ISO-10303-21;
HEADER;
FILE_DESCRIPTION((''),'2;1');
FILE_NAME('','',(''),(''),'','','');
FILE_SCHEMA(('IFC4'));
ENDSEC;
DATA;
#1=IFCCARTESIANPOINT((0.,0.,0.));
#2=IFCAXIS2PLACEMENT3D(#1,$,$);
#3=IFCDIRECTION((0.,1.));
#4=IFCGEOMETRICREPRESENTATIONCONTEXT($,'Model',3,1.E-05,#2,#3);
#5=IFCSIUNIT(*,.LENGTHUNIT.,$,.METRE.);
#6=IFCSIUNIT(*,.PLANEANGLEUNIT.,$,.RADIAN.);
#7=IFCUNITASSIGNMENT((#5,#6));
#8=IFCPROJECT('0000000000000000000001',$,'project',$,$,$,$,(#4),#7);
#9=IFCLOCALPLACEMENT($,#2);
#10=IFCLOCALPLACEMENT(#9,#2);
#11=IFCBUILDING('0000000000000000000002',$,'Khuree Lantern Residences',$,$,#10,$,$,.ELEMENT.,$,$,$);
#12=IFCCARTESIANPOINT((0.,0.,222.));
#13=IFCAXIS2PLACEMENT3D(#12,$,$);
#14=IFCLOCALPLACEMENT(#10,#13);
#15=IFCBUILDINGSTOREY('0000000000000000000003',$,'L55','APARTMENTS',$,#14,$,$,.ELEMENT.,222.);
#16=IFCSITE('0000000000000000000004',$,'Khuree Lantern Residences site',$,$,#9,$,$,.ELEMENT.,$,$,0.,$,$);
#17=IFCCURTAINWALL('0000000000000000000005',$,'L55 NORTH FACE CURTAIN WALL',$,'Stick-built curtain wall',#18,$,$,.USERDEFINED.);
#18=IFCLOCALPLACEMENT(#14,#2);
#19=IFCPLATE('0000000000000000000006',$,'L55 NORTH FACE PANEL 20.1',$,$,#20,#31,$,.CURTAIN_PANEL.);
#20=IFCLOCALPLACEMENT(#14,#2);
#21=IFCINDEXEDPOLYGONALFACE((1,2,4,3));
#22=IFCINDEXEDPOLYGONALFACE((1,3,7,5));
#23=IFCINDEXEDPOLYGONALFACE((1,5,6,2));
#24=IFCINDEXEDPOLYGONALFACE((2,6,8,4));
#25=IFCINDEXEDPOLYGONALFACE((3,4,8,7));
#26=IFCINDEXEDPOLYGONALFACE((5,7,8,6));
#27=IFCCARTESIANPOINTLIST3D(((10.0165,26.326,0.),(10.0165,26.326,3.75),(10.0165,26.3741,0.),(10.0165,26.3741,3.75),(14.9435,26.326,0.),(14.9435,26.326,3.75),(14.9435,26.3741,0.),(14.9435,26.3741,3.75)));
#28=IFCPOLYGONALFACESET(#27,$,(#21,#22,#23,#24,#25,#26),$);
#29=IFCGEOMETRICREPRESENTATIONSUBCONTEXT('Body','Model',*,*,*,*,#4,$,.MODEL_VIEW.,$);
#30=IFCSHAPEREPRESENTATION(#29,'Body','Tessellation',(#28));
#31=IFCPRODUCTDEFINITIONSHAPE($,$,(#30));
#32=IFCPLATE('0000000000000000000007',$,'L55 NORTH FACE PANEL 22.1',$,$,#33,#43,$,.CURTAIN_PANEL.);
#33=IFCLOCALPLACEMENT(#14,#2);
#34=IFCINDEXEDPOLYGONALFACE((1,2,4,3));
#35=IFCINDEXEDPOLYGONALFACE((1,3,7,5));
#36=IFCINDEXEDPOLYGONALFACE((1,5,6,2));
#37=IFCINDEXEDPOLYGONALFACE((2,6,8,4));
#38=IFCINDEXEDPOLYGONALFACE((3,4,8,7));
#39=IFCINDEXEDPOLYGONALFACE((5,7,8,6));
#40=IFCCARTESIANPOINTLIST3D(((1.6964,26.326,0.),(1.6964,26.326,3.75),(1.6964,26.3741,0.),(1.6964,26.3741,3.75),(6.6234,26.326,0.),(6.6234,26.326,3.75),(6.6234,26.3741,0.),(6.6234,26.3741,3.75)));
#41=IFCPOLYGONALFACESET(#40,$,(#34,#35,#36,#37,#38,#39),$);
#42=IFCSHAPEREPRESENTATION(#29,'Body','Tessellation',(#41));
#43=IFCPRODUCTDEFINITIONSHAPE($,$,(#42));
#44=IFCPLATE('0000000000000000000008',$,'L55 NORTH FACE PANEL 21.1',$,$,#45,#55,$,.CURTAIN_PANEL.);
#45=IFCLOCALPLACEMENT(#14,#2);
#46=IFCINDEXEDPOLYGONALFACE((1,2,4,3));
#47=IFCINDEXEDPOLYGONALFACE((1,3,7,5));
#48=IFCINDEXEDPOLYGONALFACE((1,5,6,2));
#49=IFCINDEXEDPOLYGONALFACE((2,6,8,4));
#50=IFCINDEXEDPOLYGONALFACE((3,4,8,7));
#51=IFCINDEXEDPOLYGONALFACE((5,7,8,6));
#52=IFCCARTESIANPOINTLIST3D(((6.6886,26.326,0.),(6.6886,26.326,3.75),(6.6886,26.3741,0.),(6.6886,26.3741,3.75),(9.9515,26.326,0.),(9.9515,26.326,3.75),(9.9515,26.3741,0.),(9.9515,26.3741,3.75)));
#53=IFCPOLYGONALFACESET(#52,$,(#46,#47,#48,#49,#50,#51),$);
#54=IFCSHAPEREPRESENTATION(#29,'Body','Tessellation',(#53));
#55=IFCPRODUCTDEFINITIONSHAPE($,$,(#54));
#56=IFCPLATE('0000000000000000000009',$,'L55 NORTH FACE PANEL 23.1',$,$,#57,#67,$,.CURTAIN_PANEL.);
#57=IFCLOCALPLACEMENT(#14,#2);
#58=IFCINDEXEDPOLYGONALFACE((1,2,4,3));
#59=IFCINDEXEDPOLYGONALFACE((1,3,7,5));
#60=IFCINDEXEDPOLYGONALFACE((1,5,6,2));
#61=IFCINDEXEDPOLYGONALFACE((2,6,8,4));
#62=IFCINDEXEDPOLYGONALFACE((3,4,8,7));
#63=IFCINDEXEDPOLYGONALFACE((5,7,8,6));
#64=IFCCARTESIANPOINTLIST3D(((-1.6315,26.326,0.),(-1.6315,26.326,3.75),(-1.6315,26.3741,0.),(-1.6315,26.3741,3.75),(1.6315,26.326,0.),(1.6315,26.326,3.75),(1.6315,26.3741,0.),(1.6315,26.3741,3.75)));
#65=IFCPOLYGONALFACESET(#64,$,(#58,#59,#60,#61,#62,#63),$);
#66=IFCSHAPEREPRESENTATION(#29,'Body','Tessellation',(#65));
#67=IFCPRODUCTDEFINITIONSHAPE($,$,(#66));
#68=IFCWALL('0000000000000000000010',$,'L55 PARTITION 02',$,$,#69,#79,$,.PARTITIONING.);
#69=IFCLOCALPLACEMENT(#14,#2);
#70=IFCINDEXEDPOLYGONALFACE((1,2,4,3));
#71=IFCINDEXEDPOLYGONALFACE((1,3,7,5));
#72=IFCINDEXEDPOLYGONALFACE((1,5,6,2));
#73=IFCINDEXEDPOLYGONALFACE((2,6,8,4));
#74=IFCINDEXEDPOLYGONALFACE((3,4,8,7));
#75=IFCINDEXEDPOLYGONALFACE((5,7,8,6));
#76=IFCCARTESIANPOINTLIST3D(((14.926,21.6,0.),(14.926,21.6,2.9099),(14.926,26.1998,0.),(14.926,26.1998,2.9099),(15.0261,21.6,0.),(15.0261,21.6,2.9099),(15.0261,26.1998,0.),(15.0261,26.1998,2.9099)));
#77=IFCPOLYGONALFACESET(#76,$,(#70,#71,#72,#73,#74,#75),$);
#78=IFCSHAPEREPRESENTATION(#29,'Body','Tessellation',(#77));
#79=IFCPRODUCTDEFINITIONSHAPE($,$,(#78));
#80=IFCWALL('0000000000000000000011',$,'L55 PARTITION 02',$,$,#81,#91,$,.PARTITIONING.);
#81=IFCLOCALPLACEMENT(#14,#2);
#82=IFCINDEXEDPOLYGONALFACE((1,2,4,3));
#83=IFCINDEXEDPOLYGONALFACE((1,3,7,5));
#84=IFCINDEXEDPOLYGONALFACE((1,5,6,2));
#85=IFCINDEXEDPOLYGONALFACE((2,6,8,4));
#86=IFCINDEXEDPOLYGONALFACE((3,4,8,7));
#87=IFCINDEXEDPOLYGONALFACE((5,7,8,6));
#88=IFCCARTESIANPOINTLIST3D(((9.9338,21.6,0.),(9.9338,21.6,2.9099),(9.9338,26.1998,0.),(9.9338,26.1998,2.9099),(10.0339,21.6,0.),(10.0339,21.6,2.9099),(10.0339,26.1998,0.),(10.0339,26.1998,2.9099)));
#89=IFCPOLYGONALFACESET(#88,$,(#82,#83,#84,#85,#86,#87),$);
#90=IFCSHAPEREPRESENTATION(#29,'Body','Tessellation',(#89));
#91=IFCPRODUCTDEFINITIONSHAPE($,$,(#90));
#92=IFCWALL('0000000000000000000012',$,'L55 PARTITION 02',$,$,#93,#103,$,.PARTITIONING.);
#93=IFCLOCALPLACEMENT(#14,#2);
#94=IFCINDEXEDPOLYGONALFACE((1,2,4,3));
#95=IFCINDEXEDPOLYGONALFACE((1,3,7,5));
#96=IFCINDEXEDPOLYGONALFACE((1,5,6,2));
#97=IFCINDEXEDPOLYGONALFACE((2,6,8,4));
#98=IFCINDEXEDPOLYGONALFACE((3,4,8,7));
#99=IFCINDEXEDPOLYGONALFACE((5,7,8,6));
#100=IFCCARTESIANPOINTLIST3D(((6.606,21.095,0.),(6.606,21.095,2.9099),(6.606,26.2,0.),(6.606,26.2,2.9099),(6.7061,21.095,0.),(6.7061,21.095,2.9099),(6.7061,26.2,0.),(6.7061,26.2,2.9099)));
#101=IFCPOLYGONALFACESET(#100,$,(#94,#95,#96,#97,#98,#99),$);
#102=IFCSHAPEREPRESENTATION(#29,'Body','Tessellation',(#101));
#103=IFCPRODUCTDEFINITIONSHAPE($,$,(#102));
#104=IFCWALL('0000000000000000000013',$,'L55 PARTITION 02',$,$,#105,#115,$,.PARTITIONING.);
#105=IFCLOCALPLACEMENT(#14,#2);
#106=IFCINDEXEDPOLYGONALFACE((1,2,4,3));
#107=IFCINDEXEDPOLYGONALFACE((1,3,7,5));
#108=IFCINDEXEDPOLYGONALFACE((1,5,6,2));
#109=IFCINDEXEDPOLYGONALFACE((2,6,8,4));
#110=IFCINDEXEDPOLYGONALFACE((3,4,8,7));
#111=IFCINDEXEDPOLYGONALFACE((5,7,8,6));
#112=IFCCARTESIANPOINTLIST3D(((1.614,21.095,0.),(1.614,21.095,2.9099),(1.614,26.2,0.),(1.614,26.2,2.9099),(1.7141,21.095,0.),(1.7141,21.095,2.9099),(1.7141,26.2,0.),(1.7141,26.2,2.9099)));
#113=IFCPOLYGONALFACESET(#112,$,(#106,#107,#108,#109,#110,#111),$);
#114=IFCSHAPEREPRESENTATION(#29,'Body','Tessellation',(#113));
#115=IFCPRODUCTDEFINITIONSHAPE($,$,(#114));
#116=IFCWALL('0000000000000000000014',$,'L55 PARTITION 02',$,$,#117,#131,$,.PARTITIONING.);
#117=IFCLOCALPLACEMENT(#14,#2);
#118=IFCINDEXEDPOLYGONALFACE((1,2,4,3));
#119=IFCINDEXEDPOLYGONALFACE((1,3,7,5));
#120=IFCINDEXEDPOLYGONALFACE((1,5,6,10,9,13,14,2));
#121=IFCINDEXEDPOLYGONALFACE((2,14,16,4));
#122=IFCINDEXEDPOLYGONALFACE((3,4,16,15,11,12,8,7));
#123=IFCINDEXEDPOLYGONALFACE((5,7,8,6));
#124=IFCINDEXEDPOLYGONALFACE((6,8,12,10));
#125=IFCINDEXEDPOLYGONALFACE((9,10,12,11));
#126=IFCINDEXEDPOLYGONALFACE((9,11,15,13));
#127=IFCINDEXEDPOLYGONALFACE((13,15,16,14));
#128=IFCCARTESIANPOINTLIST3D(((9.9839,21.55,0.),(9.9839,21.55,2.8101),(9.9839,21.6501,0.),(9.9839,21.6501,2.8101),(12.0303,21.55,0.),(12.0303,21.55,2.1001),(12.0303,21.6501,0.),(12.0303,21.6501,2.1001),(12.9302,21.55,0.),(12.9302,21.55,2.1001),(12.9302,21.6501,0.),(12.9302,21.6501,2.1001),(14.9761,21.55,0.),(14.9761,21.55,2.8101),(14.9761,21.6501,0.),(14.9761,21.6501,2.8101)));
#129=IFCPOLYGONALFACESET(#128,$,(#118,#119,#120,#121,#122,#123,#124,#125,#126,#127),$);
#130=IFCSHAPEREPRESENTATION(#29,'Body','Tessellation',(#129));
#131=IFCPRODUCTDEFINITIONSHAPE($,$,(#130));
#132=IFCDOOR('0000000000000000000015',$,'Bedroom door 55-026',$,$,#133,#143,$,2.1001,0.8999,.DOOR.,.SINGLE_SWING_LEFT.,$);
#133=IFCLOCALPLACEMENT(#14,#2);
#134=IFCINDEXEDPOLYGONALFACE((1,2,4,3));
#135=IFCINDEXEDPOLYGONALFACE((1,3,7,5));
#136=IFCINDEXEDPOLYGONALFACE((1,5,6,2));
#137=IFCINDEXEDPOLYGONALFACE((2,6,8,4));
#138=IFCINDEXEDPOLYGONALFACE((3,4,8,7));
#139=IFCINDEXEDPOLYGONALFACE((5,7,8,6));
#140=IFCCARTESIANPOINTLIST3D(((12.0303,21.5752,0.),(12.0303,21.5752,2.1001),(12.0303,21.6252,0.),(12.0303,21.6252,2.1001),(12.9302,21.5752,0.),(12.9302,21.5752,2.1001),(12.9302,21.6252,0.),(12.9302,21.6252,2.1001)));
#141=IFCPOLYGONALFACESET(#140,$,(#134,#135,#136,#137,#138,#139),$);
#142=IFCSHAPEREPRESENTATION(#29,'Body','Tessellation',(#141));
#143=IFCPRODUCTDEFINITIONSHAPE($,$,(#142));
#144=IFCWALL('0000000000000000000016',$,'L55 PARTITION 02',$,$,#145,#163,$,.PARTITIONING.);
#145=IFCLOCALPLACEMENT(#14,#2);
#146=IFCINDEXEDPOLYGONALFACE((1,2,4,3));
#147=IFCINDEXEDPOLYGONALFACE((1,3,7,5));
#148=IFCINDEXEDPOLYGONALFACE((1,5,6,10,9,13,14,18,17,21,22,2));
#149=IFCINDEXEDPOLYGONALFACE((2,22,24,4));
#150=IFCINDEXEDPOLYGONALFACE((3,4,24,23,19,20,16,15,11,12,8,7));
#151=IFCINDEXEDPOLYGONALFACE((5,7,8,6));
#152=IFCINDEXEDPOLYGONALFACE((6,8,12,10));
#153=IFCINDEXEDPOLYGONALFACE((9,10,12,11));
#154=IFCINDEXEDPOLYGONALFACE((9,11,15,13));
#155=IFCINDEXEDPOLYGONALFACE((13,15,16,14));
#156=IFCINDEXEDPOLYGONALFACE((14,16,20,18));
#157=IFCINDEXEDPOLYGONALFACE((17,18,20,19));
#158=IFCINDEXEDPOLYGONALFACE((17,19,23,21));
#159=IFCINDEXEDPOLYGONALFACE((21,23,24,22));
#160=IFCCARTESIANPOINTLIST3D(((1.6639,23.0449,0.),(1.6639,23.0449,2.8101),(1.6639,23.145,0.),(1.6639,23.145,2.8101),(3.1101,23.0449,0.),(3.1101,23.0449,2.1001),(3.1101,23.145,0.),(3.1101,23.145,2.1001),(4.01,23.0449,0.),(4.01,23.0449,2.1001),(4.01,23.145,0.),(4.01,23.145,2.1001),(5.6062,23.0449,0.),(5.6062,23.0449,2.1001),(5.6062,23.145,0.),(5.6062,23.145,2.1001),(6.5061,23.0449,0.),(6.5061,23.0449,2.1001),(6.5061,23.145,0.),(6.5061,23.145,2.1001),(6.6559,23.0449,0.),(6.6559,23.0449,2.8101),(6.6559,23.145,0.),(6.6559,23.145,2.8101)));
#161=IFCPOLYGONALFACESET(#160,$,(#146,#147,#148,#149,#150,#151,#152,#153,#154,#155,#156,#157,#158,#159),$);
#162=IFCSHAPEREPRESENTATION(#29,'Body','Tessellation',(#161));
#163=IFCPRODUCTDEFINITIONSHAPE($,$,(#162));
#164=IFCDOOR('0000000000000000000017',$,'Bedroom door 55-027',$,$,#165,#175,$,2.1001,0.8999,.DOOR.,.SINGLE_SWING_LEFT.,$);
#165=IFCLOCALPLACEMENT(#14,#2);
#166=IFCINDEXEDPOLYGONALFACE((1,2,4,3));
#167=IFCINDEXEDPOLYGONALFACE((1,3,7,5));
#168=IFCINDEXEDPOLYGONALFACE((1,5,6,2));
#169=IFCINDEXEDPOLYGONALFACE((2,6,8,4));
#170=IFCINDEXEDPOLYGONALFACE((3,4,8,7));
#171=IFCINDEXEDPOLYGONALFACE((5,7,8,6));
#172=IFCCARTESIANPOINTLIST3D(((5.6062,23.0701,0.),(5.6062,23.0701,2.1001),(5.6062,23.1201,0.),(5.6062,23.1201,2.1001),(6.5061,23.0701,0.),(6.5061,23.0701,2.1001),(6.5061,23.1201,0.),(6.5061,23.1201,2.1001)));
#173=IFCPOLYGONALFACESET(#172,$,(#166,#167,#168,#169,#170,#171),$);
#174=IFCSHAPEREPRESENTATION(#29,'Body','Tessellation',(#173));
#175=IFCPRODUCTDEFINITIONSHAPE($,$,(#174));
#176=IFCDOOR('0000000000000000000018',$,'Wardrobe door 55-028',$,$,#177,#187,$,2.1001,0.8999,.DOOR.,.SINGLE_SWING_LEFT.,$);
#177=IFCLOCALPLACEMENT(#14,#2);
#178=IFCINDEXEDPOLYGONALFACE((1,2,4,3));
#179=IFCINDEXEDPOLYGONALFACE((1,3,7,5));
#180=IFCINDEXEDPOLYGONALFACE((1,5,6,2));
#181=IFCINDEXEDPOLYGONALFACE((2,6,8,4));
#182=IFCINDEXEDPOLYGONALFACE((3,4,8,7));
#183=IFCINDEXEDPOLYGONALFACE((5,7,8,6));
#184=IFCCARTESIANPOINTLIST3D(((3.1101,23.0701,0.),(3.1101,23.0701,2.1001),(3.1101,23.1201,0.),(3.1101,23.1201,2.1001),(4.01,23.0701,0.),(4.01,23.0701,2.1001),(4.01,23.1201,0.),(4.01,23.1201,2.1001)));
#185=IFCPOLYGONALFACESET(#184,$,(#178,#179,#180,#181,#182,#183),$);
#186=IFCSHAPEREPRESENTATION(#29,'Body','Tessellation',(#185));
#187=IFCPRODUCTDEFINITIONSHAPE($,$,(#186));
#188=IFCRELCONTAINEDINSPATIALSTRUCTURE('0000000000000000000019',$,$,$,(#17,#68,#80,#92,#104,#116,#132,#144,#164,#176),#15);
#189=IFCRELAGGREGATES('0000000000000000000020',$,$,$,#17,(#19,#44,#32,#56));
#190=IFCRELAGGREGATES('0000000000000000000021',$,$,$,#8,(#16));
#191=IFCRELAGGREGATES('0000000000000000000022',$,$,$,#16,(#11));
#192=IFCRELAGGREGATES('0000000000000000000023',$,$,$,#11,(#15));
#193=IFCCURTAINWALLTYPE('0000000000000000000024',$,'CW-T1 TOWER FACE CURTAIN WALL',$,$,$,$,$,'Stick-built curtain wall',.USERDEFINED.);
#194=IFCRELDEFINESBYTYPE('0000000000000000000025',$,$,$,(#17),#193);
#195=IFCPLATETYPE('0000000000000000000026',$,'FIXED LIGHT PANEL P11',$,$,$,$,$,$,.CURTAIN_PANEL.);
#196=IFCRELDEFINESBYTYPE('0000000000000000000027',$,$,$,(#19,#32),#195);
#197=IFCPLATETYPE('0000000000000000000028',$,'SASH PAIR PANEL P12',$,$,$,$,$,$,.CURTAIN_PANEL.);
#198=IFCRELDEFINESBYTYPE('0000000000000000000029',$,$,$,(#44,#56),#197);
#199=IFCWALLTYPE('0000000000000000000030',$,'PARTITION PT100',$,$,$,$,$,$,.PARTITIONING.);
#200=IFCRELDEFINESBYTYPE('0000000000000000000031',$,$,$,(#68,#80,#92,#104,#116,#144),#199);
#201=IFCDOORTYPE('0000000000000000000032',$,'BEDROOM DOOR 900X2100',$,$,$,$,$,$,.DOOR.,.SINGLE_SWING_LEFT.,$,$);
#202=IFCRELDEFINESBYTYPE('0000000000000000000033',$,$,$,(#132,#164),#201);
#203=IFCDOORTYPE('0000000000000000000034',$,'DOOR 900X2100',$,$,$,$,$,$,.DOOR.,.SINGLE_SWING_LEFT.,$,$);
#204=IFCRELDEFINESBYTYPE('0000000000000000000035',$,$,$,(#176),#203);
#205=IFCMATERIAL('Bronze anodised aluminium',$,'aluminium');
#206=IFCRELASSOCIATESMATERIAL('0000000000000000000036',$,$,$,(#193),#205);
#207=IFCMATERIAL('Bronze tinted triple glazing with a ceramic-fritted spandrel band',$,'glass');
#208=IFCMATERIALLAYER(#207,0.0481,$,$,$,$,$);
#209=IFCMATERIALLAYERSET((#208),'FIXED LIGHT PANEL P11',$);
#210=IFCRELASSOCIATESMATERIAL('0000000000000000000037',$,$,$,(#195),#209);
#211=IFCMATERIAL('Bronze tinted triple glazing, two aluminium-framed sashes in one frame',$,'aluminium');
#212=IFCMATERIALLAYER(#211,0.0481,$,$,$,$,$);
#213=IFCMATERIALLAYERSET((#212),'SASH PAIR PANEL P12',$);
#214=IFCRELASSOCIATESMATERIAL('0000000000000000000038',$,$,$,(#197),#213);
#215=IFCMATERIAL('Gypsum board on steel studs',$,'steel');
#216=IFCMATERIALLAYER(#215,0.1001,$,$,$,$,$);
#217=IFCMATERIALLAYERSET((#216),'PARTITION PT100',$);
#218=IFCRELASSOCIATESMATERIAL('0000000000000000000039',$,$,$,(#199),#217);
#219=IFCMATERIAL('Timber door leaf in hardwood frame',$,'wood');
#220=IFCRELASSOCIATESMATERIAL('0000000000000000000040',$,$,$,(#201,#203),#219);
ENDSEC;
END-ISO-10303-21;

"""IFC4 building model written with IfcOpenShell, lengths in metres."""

from ifc_helpers import new_model, si_unit, direction, frame, frame_2d, origin, origin_2d, place, context, subcontext, project, spatial, rectangle, extrude, material, layer, layer_set, type_object, element, fill, aggregate, save


model = new_model("IFC4")

# Units and contexts
model_context = context("Model", 3, precision=1e-05, world=origin(), true_north=direction((0.0, 1.0)))
body_context = subcontext(model_context, "Body", "Model", "MODEL_VIEW")
ifc_project = project(units=[si_unit("LENGTHUNIT", "METRE"), si_unit("PLANEANGLEUNIT", "RADIAN")], contexts=[model_context])

# Site, building, storey
site_placement = place(None, origin())
site = spatial("IfcSite", under=ifc_project, at=site_placement, Name="Khuree Lantern Residences site", CompositionType="ELEMENT", RefElevation=0.0)
building_placement = place(site_placement, origin())
building = spatial("IfcBuilding", under=site, at=building_placement, Name="Khuree Lantern Residences", CompositionType="ELEMENT")
storey_placement = place(building_placement, frame((0.0, 0.0, 222.0)))
storey = spatial("IfcBuildingStorey", under=building, at=storey_placement, Name="L55", Description="APARTMENTS", CompositionType="ELEMENT", Elevation=222.0)

# Curtain wall
ifc_material_1 = material(Name="Bronze anodised aluminium", Category="aluminium")
curtain_wall_type = type_object("IfcCurtainWallType", Name="CW-T1 TOWER FACE CURTAIN WALL", ElementType="Stick-built curtain wall", PredefinedType="USERDEFINED", material=ifc_material_1)
curtain_wall_placement = place(storey_placement, origin())
curtain_wall = element("IfcCurtainWall", 1, at=curtain_wall_placement, inside=storey, type_object=curtain_wall_type, Name="L55 NORTH FACE CURTAIN WALL", ObjectType="Stick-built curtain wall", PredefinedType="USERDEFINED")

# Plates
ifc_material_2 = material(Name="Bronze tinted triple glazing with a ceramic-fritted spandrel band", Category="glass")
ifc_layer_1 = layer(ifc_material_2, 0.0481)
ifc_layer_set_1 = layer_set([ifc_layer_1], Name="FIXED LIGHT PANEL P11")
plate_type_1 = type_object("IfcPlateType", Name="FIXED LIGHT PANEL P11", PredefinedType="CURTAIN_PANEL", material=ifc_layer_set_1)
plate_1_placement = place(storey_placement, frame((12.48, 26.3501, 0.0), z_axis=(0.0, 0.0, 1.0), x_axis=(-1.0, 0.0, 0.0)))
plate_1 = element("IfcPlate", 2, at=plate_1_placement, type_object=plate_type_1, Name="L55 NORTH FACE PANEL 20.1", PredefinedType="CURTAIN_PANEL", context=body_context, shape_type="SweptSolid", body=[
    extrude(rectangle(XDim=4.927, YDim=0.0481, at=origin_2d()), origin(), (0.0, 0.0, 1.0), 3.75),
])
plate_2_placement = place(storey_placement, frame((4.1599, 26.3501, 0.0), z_axis=(0.0, 0.0, 1.0), x_axis=(-1.0, 0.0, 0.0)))
plate_2 = element("IfcPlate", 3, at=plate_2_placement, type_object=plate_type_1, Name="L55 NORTH FACE PANEL 22.1", PredefinedType="CURTAIN_PANEL", context=body_context, shape_type="SweptSolid", body=[
    extrude(rectangle(XDim=4.927, YDim=0.0481, at=origin_2d()), origin(), (0.0, 0.0, 1.0), 3.75),
])
ifc_material_3 = material(Name="Bronze tinted triple glazing, two aluminium-framed sashes in one frame", Category="aluminium")
ifc_layer_2 = layer(ifc_material_3, 0.0481)
ifc_layer_set_2 = layer_set([ifc_layer_2], Name="SASH PAIR PANEL P12")
plate_type_2 = type_object("IfcPlateType", Name="SASH PAIR PANEL P12", PredefinedType="CURTAIN_PANEL", material=ifc_layer_set_2)
plate_3_placement = place(storey_placement, frame((8.3201, 26.3501, 0.0), z_axis=(0.0, 0.0, 1.0), x_axis=(-1.0, 0.0, 0.0)))
plate_3 = element("IfcPlate", 4, at=plate_3_placement, type_object=plate_type_2, Name="L55 NORTH FACE PANEL 21.1", PredefinedType="CURTAIN_PANEL", context=body_context, shape_type="SweptSolid", body=[
    extrude(rectangle(XDim=3.2629, YDim=0.0481, at=origin_2d()), origin(), (0.0, 0.0, 1.0), 3.75),
])
plate_4_placement = place(storey_placement, frame((0.0, 26.3501, 0.0), z_axis=(0.0, 0.0, 1.0), x_axis=(-1.0, 0.0, 0.0)))
plate_4 = element("IfcPlate", 5, at=plate_4_placement, type_object=plate_type_2, Name="L55 NORTH FACE PANEL 23.1", PredefinedType="CURTAIN_PANEL", context=body_context, shape_type="SweptSolid", body=[
    extrude(rectangle(XDim=3.2629, YDim=0.0481, at=origin_2d()), origin(), (0.0, 0.0, 1.0), 3.75),
])
aggregate(curtain_wall, [plate_1, plate_3, plate_2, plate_4])

# Walls
ifc_material_4 = material(Name="Gypsum board on steel studs", Category="steel")
ifc_layer_3 = layer(ifc_material_4, 0.1001)
ifc_layer_set_3 = layer_set([ifc_layer_3], Name="PARTITION PT100")
wall_type = type_object("IfcWallType", Name="PARTITION PT100", PredefinedType="PARTITIONING", material=ifc_layer_set_3)
for number, where, z_axis, x_axis, name in (
    (6, (14.9761, 21.6001, 0.0), (0.0, 0.0, 1.0), (0.0, 1.0, 0.0), "L55 PARTITION 02"),
    (7, (9.9839, 21.6001, 0.0), (0.0, 0.0, 1.0), (0.0, 1.0, 0.0), "L55 PARTITION 02"),
):
    element("IfcWall", number, at=place(storey_placement, frame(where, z_axis=z_axis, x_axis=x_axis)), inside=storey, type_object=wall_type, Name=name, PredefinedType="PARTITIONING", context=body_context, shape_type="SweptSolid", body=[
        extrude(rectangle(XDim=4.5999, YDim=0.1001, at=frame_2d((2.2998, 0.0))), origin(), (0.0, 0.0, 1.0), 2.9099),
    ])
for number, where, z_axis, x_axis, name in (
    (8, (6.656, 21.095, 0.0), (0.0, 0.0, 1.0), (0.0, 1.0, 0.0), "L55 PARTITION 02"),
    (9, (1.6641, 21.095, 0.0), (0.0, 0.0, 1.0), (0.0, 1.0, 0.0), "L55 PARTITION 02"),
):
    element("IfcWall", number, at=place(storey_placement, frame(where, z_axis=z_axis, x_axis=x_axis)), inside=storey, type_object=wall_type, Name=name, PredefinedType="PARTITIONING", context=body_context, shape_type="SweptSolid", body=[
        extrude(rectangle(XDim=5.105, YDim=0.1001, at=frame_2d((2.5525, 0.0))), origin(), (0.0, 0.0, 1.0), 2.9099),
    ])

# Wall, opening, door
wall_1_placement = place(storey_placement, frame((14.9761, 21.6001, 0.0), z_axis=(0.0, 0.0, 1.0), x_axis=(-1.0, 0.0, 0.0)))
wall_1 = element("IfcWall", 10, at=wall_1_placement, inside=storey, type_object=wall_type, Name="L55 PARTITION 02", PredefinedType="PARTITIONING", context=body_context, shape_type="SweptSolid", body=[
    extrude(rectangle(XDim=4.9922, YDim=0.1001, at=frame_2d((2.4961, 0.0))), origin(), (0.0, 0.0, 1.0), 2.8101),
])
opening_1_placement = place(wall_1_placement, frame((2.0459, 0.0, 0.0)))
opening_1 = element("IfcOpeningElement", 11, at=opening_1_placement, cuts=wall_1, PredefinedType="OPENING", context=body_context, shape_type="SweptSolid", body=[
    extrude(rectangle(XDim=0.8999, YDim=2.1001, at=frame_2d((0.45, 1.05))), frame((0.0, 0.0601, 0.0), z_axis=(0.0, -1.0, 0.0), x_axis=(1.0, 0.0, 0.0)), (0.0, 0.0, 1.0), 0.1201),
])
ifc_material_5 = material(Name="Timber door leaf in hardwood frame", Category="wood")
door_type_1 = type_object("IfcDoorType", Name="BEDROOM DOOR 900X2100", OperationType="SINGLE_SWING_LEFT", PredefinedType="DOOR", material=ifc_material_5)
door_1_placement = place(opening_1_placement, origin())
door_1 = element("IfcDoor", 12, at=door_1_placement, inside=storey, type_object=door_type_1, Name="Bedroom door 55-026", OperationType="SINGLE_SWING_LEFT", OverallHeight=2.1001, OverallWidth=0.8999, PredefinedType="DOOR", context=body_context, shape_type="SweptSolid", body=[
    extrude(rectangle(XDim=0.8999, YDim=2.1001, at=frame_2d((0.45, 1.05))), frame((0.0, 0.0249, 0.0), z_axis=(0.0, -1.0, 0.0), x_axis=(1.0, 0.0, 0.0)), (0.0, 0.0, 1.0), 0.05),
])
fill(opening_1, door_1)

# Wall, openings, doors
wall_2_placement = place(storey_placement, frame((6.656, 23.095, 0.0), z_axis=(0.0, 0.0, 1.0), x_axis=(-1.0, 0.0, 0.0)))
wall_2 = element("IfcWall", 13, at=wall_2_placement, inside=storey, type_object=wall_type, Name="L55 PARTITION 02", PredefinedType="PARTITIONING", context=body_context, shape_type="SweptSolid", body=[
    extrude(rectangle(XDim=4.9919, YDim=0.1001, at=frame_2d((2.4961, 0.0))), origin(), (0.0, 0.0, 1.0), 2.8101),
])
opening_2_placement = place(wall_2_placement, frame((0.1499, 0.0, 0.0)))
opening_2 = element("IfcOpeningElement", 14, at=opening_2_placement, cuts=wall_2, PredefinedType="OPENING", context=body_context, shape_type="SweptSolid", body=[
    extrude(rectangle(XDim=0.8999, YDim=2.1001, at=frame_2d((0.45, 1.05))), frame((0.0, 0.0601, 0.0), z_axis=(0.0, -1.0, 0.0), x_axis=(1.0, 0.0, 0.0)), (0.0, 0.0, 1.0), 0.1201),
])
opening_3_placement = place(wall_2_placement, frame((2.646, 0.0, 0.0)))
opening_3 = element("IfcOpeningElement", 15, at=opening_3_placement, cuts=wall_2, PredefinedType="OPENING", context=body_context, shape_type="SweptSolid", body=[
    extrude(rectangle(XDim=0.8999, YDim=2.1001, at=frame_2d((0.45, 1.05))), frame((0.0, 0.0601, 0.0), z_axis=(0.0, -1.0, 0.0), x_axis=(1.0, 0.0, 0.0)), (0.0, 0.0, 1.0), 0.1201),
])
door_2_placement = place(opening_2_placement, origin())
door_2 = element("IfcDoor", 16, at=door_2_placement, inside=storey, type_object=door_type_1, Name="Bedroom door 55-027", OperationType="SINGLE_SWING_LEFT", OverallHeight=2.1001, OverallWidth=0.8999, PredefinedType="DOOR", context=body_context, shape_type="SweptSolid", body=[
    extrude(rectangle(XDim=0.8999, YDim=2.1001, at=frame_2d((0.45, 1.05))), frame((0.0, 0.0249, 0.0), z_axis=(0.0, -1.0, 0.0), x_axis=(1.0, 0.0, 0.0)), (0.0, 0.0, 1.0), 0.05),
])
fill(opening_2, door_2)
door_type_2 = type_object("IfcDoorType", Name="DOOR 900X2100", OperationType="SINGLE_SWING_LEFT", PredefinedType="DOOR", material=ifc_material_5)
door_3_placement = place(opening_3_placement, origin())
door_3 = element("IfcDoor", 17, at=door_3_placement, inside=storey, type_object=door_type_2, Name="Wardrobe door 55-028", OperationType="SINGLE_SWING_LEFT", OverallHeight=2.1001, OverallWidth=0.8999, PredefinedType="DOOR", context=body_context, shape_type="SweptSolid", body=[
    extrude(rectangle(XDim=0.8999, YDim=2.1001, at=frame_2d((0.45, 1.05))), frame((0.0, 0.0249, 0.0), z_axis=(0.0, -1.0, 0.0), x_axis=(1.0, 0.0, 0.0)), (0.0, 0.0, 1.0), 0.05),
])
fill(opening_3, door_3)

save(model, "model.ifc")
